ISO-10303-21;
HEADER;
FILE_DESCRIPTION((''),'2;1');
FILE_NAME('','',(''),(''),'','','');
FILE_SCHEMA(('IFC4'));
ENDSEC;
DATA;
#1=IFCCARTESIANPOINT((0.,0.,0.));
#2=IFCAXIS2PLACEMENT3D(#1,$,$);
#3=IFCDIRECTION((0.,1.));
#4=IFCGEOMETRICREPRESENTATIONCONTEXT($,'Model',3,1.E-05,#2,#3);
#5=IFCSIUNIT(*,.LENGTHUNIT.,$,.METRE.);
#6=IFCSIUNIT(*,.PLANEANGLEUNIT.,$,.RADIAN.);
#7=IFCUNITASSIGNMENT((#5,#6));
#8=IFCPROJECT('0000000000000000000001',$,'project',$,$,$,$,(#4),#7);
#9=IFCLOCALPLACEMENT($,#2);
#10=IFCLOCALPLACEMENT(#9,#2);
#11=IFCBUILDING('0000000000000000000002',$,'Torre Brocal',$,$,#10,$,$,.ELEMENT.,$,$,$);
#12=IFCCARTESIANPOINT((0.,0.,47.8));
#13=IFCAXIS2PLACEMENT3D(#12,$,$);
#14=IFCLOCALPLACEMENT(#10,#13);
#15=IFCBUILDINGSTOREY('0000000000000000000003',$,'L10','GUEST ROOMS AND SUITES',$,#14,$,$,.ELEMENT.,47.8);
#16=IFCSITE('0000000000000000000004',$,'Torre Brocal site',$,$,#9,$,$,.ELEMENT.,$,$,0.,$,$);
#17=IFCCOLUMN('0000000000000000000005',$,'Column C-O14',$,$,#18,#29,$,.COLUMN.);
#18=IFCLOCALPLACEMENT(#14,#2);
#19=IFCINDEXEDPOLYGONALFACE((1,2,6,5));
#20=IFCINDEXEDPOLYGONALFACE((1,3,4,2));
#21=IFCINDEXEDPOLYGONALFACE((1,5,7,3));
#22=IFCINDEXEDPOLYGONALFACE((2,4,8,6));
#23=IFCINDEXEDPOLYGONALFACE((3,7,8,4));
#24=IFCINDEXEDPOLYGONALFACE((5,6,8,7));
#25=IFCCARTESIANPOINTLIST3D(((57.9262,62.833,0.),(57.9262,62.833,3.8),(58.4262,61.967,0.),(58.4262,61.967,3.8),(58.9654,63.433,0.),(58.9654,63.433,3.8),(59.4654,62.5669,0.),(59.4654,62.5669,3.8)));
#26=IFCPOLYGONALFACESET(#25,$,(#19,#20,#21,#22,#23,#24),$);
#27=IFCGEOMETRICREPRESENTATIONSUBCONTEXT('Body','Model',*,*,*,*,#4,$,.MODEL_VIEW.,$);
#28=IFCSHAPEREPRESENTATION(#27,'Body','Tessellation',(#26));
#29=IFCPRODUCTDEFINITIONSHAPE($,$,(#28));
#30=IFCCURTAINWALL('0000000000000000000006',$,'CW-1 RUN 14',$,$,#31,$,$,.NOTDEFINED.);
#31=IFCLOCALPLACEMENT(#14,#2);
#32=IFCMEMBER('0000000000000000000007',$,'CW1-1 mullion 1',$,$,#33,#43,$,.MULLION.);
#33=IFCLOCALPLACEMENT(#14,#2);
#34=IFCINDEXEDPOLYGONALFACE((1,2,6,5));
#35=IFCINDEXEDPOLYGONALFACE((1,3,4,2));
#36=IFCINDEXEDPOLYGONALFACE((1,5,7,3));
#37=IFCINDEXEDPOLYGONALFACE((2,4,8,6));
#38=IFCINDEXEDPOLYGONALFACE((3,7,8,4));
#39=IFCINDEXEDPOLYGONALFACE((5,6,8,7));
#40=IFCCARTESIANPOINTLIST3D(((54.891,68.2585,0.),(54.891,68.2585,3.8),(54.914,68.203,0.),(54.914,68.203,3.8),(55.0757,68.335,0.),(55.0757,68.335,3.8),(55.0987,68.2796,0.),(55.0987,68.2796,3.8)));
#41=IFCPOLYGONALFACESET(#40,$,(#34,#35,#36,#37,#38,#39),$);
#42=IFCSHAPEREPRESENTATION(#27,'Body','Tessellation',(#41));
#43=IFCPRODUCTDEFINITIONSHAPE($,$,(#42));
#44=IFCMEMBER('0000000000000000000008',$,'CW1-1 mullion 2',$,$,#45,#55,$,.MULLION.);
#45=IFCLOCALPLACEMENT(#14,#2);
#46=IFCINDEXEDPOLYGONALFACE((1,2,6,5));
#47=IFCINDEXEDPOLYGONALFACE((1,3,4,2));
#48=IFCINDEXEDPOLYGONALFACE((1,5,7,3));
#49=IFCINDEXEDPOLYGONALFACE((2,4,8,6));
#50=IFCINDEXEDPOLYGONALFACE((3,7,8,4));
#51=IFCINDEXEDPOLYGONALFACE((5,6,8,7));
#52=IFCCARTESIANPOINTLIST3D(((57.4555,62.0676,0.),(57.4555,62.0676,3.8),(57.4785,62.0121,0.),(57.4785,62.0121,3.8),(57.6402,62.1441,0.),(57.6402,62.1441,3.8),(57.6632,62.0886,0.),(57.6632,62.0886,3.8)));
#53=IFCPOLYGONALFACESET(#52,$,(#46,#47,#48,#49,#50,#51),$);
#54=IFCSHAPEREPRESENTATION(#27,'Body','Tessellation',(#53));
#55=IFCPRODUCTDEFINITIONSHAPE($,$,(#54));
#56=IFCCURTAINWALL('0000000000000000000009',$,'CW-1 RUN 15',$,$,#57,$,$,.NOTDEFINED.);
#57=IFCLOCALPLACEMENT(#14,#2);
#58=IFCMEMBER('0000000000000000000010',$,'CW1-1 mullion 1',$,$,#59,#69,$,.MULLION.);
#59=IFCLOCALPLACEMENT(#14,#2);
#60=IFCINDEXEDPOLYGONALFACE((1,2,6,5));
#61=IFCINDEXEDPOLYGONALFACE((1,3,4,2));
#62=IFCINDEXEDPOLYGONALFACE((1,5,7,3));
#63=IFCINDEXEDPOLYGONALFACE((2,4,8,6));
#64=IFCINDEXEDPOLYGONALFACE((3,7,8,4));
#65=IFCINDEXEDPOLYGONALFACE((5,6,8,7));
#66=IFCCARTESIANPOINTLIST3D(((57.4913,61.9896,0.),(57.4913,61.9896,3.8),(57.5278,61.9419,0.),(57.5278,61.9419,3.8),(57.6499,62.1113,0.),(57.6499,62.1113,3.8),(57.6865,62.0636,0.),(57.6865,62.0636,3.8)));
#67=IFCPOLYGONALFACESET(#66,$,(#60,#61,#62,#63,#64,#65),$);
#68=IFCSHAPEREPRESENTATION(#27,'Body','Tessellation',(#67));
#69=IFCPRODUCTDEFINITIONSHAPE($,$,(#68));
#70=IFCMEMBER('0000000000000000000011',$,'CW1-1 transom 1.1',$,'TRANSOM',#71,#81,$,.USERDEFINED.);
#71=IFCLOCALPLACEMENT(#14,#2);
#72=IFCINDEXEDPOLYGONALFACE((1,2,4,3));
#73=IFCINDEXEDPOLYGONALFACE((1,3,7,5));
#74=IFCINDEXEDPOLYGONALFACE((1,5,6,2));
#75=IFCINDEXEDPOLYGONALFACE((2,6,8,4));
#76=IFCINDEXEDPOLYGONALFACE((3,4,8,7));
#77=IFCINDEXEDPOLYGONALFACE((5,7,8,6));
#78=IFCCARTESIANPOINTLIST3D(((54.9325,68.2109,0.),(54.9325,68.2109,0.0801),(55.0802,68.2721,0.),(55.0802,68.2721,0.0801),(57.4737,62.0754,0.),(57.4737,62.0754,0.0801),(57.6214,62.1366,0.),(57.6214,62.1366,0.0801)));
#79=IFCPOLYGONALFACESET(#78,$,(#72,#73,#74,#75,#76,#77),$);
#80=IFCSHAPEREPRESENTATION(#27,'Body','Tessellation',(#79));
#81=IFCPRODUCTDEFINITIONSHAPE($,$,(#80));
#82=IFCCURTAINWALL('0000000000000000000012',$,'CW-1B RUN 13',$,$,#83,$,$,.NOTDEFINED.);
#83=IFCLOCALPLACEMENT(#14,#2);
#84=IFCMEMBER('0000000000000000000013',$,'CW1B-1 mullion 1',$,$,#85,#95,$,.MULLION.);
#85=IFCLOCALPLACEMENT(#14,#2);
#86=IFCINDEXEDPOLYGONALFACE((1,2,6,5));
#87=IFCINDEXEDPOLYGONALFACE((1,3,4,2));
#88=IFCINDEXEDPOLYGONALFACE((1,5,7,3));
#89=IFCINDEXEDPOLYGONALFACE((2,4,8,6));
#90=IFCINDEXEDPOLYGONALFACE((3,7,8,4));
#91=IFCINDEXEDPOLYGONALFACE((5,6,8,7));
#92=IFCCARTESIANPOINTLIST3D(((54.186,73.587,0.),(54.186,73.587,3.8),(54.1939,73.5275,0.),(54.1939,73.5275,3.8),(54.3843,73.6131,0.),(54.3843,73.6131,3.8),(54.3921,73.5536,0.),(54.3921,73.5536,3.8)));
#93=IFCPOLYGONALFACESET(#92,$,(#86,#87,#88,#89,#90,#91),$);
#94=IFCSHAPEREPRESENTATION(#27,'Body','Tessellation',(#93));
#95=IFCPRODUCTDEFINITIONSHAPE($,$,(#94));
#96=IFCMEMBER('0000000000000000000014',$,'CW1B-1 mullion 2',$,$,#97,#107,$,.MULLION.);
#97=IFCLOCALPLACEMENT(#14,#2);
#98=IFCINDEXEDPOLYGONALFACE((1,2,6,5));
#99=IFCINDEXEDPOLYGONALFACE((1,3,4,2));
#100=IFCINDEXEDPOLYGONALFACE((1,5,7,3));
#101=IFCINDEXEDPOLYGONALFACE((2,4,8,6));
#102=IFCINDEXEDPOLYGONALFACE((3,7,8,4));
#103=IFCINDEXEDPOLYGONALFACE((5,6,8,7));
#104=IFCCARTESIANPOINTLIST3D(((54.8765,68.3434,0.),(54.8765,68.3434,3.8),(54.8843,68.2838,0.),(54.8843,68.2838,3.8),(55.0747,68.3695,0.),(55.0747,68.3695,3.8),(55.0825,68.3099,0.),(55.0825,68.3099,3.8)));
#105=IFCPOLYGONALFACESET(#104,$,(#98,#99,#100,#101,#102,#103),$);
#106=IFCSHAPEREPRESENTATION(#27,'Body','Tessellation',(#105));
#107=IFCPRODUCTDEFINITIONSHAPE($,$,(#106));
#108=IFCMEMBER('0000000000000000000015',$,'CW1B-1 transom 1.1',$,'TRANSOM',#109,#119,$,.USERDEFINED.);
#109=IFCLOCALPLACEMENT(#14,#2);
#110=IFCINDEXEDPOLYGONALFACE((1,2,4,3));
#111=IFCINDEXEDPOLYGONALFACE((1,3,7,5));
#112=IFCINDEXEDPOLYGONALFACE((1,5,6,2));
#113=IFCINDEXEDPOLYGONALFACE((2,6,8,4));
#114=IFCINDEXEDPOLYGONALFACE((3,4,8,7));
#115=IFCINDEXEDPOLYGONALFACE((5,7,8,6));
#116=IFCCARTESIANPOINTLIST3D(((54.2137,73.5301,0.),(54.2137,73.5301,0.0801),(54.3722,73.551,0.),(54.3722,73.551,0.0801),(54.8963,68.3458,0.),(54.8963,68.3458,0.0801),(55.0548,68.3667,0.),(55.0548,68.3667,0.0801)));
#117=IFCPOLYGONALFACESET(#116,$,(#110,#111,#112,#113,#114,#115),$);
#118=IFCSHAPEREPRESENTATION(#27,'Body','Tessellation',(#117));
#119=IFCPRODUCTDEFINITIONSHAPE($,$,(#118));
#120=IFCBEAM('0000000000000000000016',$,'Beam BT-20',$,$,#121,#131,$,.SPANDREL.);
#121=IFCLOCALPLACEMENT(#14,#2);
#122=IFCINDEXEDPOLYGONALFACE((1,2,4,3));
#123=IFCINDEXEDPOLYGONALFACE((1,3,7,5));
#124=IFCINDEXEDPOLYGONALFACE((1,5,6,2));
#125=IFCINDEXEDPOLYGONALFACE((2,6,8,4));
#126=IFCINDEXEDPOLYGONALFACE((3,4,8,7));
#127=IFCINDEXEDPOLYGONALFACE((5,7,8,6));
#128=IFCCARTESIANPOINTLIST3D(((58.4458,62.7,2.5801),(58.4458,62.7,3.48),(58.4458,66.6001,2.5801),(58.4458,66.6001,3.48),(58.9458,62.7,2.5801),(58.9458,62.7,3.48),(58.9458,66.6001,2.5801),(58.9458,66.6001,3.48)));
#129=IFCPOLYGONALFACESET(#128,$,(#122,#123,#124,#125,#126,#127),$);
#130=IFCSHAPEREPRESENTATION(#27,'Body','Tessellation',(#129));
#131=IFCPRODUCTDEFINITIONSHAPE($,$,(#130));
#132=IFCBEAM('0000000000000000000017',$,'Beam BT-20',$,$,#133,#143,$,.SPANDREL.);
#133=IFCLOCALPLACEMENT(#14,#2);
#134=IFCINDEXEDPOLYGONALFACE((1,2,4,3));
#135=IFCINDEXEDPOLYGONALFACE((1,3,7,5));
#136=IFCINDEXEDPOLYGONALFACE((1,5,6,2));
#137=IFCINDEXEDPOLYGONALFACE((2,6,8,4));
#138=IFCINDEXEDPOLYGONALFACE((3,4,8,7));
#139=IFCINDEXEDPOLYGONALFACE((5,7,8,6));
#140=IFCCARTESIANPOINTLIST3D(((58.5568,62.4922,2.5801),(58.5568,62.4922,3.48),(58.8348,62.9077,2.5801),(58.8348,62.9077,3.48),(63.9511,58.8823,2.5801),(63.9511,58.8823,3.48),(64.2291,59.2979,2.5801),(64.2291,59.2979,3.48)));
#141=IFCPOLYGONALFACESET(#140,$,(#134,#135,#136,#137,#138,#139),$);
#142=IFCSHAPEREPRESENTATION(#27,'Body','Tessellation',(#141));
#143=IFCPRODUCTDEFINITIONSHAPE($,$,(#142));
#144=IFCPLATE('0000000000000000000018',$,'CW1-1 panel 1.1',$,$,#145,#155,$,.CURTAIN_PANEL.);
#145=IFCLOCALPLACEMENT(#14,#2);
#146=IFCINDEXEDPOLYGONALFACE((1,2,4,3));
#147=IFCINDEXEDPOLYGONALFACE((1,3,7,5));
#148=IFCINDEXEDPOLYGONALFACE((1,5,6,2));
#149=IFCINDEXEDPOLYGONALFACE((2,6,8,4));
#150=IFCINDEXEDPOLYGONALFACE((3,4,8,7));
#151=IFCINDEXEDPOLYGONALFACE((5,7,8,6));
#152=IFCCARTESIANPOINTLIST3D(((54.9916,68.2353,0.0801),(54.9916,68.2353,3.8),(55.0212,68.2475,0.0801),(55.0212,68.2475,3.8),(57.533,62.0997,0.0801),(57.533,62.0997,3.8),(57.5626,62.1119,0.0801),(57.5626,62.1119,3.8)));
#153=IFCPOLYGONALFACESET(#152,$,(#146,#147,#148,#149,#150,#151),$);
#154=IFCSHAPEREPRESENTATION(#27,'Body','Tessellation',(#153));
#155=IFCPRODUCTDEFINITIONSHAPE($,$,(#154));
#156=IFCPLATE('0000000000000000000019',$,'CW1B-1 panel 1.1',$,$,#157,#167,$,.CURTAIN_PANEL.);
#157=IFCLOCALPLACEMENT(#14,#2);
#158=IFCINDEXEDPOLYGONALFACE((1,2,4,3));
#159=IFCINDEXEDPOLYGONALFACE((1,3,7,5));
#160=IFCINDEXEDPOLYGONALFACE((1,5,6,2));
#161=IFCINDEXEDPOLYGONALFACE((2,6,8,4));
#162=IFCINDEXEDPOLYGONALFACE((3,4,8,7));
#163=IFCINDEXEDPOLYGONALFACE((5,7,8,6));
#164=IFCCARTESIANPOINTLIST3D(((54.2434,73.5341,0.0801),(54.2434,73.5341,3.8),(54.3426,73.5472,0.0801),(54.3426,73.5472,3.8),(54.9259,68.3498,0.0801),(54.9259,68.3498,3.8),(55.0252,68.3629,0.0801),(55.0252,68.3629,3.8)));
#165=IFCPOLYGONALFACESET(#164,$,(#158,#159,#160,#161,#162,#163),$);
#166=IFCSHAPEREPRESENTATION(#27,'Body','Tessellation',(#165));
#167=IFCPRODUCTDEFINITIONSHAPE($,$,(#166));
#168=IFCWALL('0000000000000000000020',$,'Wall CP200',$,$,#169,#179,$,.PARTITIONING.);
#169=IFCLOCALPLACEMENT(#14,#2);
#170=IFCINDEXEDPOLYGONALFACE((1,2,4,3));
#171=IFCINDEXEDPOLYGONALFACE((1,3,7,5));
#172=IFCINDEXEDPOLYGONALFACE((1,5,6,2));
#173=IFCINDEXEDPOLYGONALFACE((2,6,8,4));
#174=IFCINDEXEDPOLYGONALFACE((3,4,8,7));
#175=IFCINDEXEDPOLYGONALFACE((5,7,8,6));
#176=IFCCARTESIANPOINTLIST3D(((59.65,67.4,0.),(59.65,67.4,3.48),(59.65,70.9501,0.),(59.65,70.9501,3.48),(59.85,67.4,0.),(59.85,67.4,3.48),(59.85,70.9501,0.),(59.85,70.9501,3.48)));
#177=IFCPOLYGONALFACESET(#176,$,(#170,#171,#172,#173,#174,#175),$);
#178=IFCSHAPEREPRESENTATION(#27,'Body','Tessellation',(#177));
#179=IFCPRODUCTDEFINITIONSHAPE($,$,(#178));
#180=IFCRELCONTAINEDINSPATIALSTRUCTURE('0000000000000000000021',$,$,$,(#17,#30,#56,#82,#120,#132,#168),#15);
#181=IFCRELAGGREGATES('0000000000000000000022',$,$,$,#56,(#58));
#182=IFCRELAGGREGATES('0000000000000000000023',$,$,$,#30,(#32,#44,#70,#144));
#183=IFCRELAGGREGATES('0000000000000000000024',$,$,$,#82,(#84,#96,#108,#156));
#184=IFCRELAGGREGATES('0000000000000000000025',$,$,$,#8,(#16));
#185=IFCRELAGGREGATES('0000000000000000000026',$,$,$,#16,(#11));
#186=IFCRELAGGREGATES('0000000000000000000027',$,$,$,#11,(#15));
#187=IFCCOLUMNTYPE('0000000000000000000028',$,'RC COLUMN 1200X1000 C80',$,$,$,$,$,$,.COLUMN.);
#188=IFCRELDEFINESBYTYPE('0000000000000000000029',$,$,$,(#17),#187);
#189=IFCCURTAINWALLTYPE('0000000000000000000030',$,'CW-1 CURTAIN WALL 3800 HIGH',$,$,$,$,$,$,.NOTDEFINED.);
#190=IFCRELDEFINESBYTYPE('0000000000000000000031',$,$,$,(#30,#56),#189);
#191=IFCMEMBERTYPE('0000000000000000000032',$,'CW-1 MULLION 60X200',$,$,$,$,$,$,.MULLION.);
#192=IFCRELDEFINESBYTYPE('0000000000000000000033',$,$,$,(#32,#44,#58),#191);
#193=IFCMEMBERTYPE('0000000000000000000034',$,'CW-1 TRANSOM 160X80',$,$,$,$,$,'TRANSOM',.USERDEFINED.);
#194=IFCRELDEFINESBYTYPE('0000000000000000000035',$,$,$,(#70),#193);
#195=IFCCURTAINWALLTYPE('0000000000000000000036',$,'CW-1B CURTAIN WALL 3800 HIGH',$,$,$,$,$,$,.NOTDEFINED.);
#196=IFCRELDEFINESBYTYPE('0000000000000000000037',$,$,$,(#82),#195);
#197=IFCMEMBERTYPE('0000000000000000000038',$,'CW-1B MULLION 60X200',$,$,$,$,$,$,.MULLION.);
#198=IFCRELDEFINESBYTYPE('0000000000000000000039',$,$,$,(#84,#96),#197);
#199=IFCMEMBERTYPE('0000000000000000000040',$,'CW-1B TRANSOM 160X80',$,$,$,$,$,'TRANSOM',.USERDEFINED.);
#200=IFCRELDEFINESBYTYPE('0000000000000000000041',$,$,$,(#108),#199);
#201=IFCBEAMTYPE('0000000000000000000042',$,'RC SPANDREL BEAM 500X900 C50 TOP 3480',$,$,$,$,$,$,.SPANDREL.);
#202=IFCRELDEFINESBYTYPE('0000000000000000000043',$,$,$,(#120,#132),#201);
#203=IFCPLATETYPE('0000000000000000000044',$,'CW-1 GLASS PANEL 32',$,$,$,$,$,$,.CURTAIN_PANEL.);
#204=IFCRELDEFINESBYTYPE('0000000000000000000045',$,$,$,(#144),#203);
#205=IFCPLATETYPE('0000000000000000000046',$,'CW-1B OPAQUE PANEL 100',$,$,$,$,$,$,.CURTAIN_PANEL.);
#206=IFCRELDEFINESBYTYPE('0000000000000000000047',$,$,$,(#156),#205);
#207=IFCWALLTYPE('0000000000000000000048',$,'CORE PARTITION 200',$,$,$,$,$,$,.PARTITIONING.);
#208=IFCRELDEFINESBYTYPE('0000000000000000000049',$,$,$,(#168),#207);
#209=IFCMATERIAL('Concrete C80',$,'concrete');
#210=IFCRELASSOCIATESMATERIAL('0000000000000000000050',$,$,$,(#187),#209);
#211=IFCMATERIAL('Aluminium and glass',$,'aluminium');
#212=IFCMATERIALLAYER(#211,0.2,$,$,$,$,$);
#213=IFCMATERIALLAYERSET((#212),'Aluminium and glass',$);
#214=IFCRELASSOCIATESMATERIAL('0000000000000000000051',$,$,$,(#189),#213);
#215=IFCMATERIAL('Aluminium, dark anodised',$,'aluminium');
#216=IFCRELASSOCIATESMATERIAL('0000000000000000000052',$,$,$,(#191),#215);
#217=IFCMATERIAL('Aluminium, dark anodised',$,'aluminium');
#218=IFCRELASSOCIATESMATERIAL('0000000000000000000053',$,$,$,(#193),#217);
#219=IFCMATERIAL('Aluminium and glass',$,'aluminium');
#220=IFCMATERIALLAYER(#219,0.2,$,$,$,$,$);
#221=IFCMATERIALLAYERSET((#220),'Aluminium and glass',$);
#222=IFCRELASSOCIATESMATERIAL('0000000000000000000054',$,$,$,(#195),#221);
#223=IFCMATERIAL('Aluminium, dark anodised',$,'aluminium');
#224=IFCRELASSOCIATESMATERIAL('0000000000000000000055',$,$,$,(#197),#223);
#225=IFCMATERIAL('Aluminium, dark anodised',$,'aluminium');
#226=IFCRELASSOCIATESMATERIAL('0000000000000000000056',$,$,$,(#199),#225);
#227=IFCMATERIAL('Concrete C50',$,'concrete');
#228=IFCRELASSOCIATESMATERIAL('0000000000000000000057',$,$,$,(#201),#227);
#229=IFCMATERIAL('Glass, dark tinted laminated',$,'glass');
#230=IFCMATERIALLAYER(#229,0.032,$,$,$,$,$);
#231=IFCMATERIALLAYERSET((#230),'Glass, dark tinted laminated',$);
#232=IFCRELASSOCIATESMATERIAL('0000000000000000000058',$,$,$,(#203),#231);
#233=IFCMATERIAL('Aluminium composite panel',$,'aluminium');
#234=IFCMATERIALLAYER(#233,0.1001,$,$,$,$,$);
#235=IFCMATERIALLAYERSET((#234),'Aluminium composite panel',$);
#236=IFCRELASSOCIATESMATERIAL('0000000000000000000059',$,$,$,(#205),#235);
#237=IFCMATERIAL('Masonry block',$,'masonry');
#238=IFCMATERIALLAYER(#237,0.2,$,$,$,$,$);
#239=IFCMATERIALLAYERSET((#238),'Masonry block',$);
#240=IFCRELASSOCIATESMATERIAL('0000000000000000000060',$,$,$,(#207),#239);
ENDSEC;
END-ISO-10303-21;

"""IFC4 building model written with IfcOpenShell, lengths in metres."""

from ifc_helpers import new_model, si_unit, direction, frame, frame_2d, origin, origin_2d, place, context, subcontext, project, spatial, rectangle, extrude, material, layer, layer_set, material_profile, profile_set, type_object, element, aggregate, save


model = new_model("IFC4")

# Units and contexts
model_context = context("Model", 3, precision=1e-05, world=origin(), true_north=direction((0.0, 1.0)))
body_context = subcontext(model_context, "Body", "Model", "MODEL_VIEW")
ifc_project = project(units=[si_unit("LENGTHUNIT", "METRE"), si_unit("PLANEANGLEUNIT", "RADIAN")], contexts=[model_context])

# Site, building, storey
site_placement = place(None, origin())
site = spatial("IfcSite", under=ifc_project, at=site_placement, Name="Torre Brocal site", CompositionType="ELEMENT", RefElevation=0.0)
building_placement = place(site_placement, origin())
building = spatial("IfcBuilding", under=site, at=building_placement, Name="Torre Brocal", CompositionType="ELEMENT")
storey_placement = place(building_placement, frame((0.0, 0.0, 47.8)))
storey = spatial("IfcBuildingStorey", under=building, at=storey_placement, Name="L10", Description="GUEST ROOMS AND SUITES", CompositionType="ELEMENT", Elevation=47.8)

# Column
ifc_material_1 = material(Name="Concrete C80", Category="concrete")
ifc_material_profile_1 = material_profile(ifc_material_1, rectangle(XDim=1.2, YDim=1.0, at=origin_2d()), Name="RC 1200X1000")
ifc_profile_set_1 = profile_set([ifc_material_profile_1], Name="Concrete C80")
column_type = type_object("IfcColumnType", Name="RC COLUMN 1200X1000 C80", PredefinedType="COLUMN", material=ifc_profile_set_1)
column_placement = place(storey_placement, frame((58.6958, 62.7, 0.0), z_axis=(0.0, 0.0, 1.0), x_axis=(-0.866025, -0.5, 0.0)))
element("IfcColumn", 1, at=column_placement, inside=storey, type_object=column_type, Name="Column C-O14", PredefinedType="COLUMN", context=body_context, shape_type="SweptSolid", body=[
    extrude(rectangle(XDim=1.2, YDim=1.0, at=origin_2d()), origin(), (0.0, 0.0, 1.0), 3.8),
])

# Curtain wall, members
ifc_material_2 = material(Name="Aluminium and glass", Category="aluminium")
ifc_layer_1 = layer(ifc_material_2, 0.2)
ifc_layer_set_1 = layer_set([ifc_layer_1], Name="Aluminium and glass")
curtain_wall_type_1 = type_object("IfcCurtainWallType", Name="CW-1 CURTAIN WALL 3800 HIGH", PredefinedType="NOTDEFINED", material=ifc_layer_set_1)
curtain_wall_1_placement = place(storey_placement, origin())
curtain_wall_1 = element("IfcCurtainWall", 2, at=curtain_wall_1_placement, inside=storey, type_object=curtain_wall_type_1, Name="CW-1 RUN 14", PredefinedType="NOTDEFINED")
ifc_material_3 = material(Name="Aluminium, dark anodised", Category="aluminium")
ifc_material_profile_2 = material_profile(ifc_material_3, rectangle(XDim=0.2, YDim=0.0601, at=origin_2d()), Name="CW-1 MULLION 60X200")
ifc_profile_set_2 = profile_set([ifc_material_profile_2], Name="Aluminium, dark anodised")
member_type_1 = type_object("IfcMemberType", Name="CW-1 MULLION 60X200", PredefinedType="MULLION", material=ifc_profile_set_2)
member_1_placement = place(storey_placement, frame((54.9949, 68.269, 0.0), z_axis=(0.0, 0.0, 1.0), x_axis=(0.92388, 0.382683, 0.0)))
member_1 = element("IfcMember", 3, at=member_1_placement, type_object=member_type_1, Name="CW1-1 mullion 1", PredefinedType="MULLION", context=body_context, shape_type="SweptSolid", body=[
    extrude(rectangle(XDim=0.2, YDim=0.0601, at=origin_2d()), origin(), (0.0, 0.0, 1.0), 3.8),
])
member_2_placement = place(storey_placement, frame((57.5593, 62.0781, 0.0), z_axis=(0.0, 0.0, 1.0), x_axis=(0.92388, 0.382683, 0.0)))
member_2 = element("IfcMember", 4, at=member_2_placement, type_object=member_type_1, Name="CW1-1 mullion 2", PredefinedType="MULLION", context=body_context, shape_type="SweptSolid", body=[
    extrude(rectangle(XDim=0.2, YDim=0.0601, at=origin_2d()), origin(), (0.0, 0.0, 1.0), 3.8),
])

# Curtain wall, member
curtain_wall_2_placement = place(storey_placement, origin())
curtain_wall_2 = element("IfcCurtainWall", 5, at=curtain_wall_2_placement, inside=storey, type_object=curtain_wall_type_1, Name="CW-1 RUN 15", PredefinedType="NOTDEFINED")
member_3_placement = place(storey_placement, frame((57.5889, 62.0266, 0.0), z_axis=(0.0, 0.0, 1.0), x_axis=(0.793353, 0.608761, 0.0)))
member_3 = element("IfcMember", 6, at=member_3_placement, type_object=member_type_1, Name="CW1-1 mullion 1", PredefinedType="MULLION", context=body_context, shape_type="SweptSolid", body=[
    extrude(rectangle(XDim=0.2, YDim=0.0601, at=origin_2d()), origin(), (0.0, 0.0, 1.0), 3.8),
])
aggregate(curtain_wall_2, [member_3])

# Member
ifc_material_4 = material(Name="Aluminium, dark anodised", Category="aluminium")
ifc_material_profile_3 = material_profile(ifc_material_4, rectangle(XDim=0.1599, YDim=0.0801, at=origin_2d()), Name="CW-1 TRANSOM 160X80")
ifc_profile_set_3 = profile_set([ifc_material_profile_3], Name="Aluminium, dark anodised")
member_type_2 = type_object("IfcMemberType", Name="CW-1 TRANSOM 160X80", ElementType="TRANSOM", PredefinedType="USERDEFINED", material=ifc_profile_set_3)
member_4_placement = place(storey_placement, frame((55.0063, 68.2415, 0.04), z_axis=(0.382665, -0.923887, 0.0), x_axis=(0.923887, 0.382665, 0.0)))
member_4 = element("IfcMember", 7, at=member_4_placement, type_object=member_type_2, Name="CW1-1 transom 1.1", ObjectType="TRANSOM", PredefinedType="USERDEFINED", context=body_context, shape_type="SweptSolid", body=[
    extrude(rectangle(XDim=0.1599, YDim=0.0801, at=origin_2d()), origin(), (0.0, 0.0, 1.0), 6.6409),
])

# Curtain wall, members
ifc_material_5 = material(Name="Aluminium and glass", Category="aluminium")
ifc_layer_2 = layer(ifc_material_5, 0.2)
ifc_layer_set_2 = layer_set([ifc_layer_2], Name="Aluminium and glass")
curtain_wall_type_2 = type_object("IfcCurtainWallType", Name="CW-1B CURTAIN WALL 3800 HIGH", PredefinedType="NOTDEFINED", material=ifc_layer_set_2)
curtain_wall_3_placement = place(storey_placement, origin())
curtain_wall_3 = element("IfcCurtainWall", 8, at=curtain_wall_3_placement, inside=storey, type_object=curtain_wall_type_2, Name="CW-1B RUN 13", PredefinedType="NOTDEFINED")
ifc_material_6 = material(Name="Aluminium, dark anodised", Category="aluminium")
ifc_material_profile_4 = material_profile(ifc_material_6, rectangle(XDim=0.2, YDim=0.0601, at=origin_2d()), Name="CW-1B MULLION 60X200")
ifc_profile_set_4 = profile_set([ifc_material_profile_4], Name="Aluminium, dark anodised")
member_type_3 = type_object("IfcMemberType", Name="CW-1B MULLION 60X200", PredefinedType="MULLION", material=ifc_profile_set_4)
member_5_placement = place(storey_placement, frame((54.2891, 73.5703, 0.0), z_axis=(0.0, 0.0, 1.0), x_axis=(0.991445, 0.130526, 0.0)))
member_5 = element("IfcMember", 9, at=member_5_placement, type_object=member_type_3, Name="CW1B-1 mullion 1", PredefinedType="MULLION", context=body_context, shape_type="SweptSolid", body=[
    extrude(rectangle(XDim=0.2, YDim=0.0601, at=origin_2d()), origin(), (0.0, 0.0, 1.0), 3.8),
])
member_6_placement = place(storey_placement, frame((54.9795, 68.3267, 0.0), z_axis=(0.0, 0.0, 1.0), x_axis=(0.991445, 0.130526, 0.0)))
member_6 = element("IfcMember", 10, at=member_6_placement, type_object=member_type_3, Name="CW1B-1 mullion 2", PredefinedType="MULLION", context=body_context, shape_type="SweptSolid", body=[
    extrude(rectangle(XDim=0.2, YDim=0.0601, at=origin_2d()), origin(), (0.0, 0.0, 1.0), 3.8),
])
ifc_material_7 = material(Name="Aluminium, dark anodised", Category="aluminium")
ifc_material_profile_5 = material_profile(ifc_material_7, rectangle(XDim=0.1599, YDim=0.0801, at=origin_2d()), Name="CW-1B TRANSOM 160X80")
ifc_profile_set_5 = profile_set([ifc_material_profile_5], Name="Aluminium, dark anodised")
member_type_4 = type_object("IfcMemberType", Name="CW-1B TRANSOM 160X80", ElementType="TRANSOM", PredefinedType="USERDEFINED", material=ifc_profile_set_5)
member_7_placement = place(storey_placement, frame((54.293, 73.5405, 0.04), z_axis=(0.130543, -0.991443, 0.0), x_axis=(0.991443, 0.130543, 0.0)))
member_7 = element("IfcMember", 11, at=member_7_placement, type_object=member_type_4, Name="CW1B-1 transom 1.1", ObjectType="TRANSOM", PredefinedType="USERDEFINED", context=body_context, shape_type="SweptSolid", body=[
    extrude(rectangle(XDim=0.1599, YDim=0.0801, at=origin_2d()), origin(), (0.0, 0.0, 1.0), 5.229),
])

# Beams
ifc_material_8 = material(Name="Concrete C50", Category="concrete")
ifc_material_profile_6 = material_profile(ifc_material_8, rectangle(XDim=0.5, YDim=0.8999, at=origin_2d()), Name="RC 500X900")
ifc_profile_set_6 = profile_set([ifc_material_profile_6], Name="Concrete C50")
beam_type = type_object("IfcBeamType", Name="RC SPANDREL BEAM 500X900 C50 TOP 3480", PredefinedType="SPANDREL", material=ifc_profile_set_6)
beam_1_placement = place(storey_placement, frame((58.6958, 62.7, 3.03), z_axis=(0.0, 1.0, 0.0), x_axis=(-1.0, 0.0, 0.0)))
element("IfcBeam", 12, at=beam_1_placement, inside=storey, type_object=beam_type, Name="Beam BT-20", PredefinedType="SPANDREL", context=body_context, shape_type="SweptSolid", body=[
    extrude(rectangle(XDim=0.5, YDim=0.8999, at=origin_2d()), origin(), (0.0, 0.0, 1.0), 3.9001),
])
beam_2_placement = place(storey_placement, frame((58.6958, 62.7, 3.03), z_axis=(0.831077, -0.556158, 0.0), x_axis=(0.556158, 0.831077, 0.0)))
element("IfcBeam", 13, at=beam_2_placement, inside=storey, type_object=beam_type, Name="Beam BT-20", PredefinedType="SPANDREL", context=body_context, shape_type="SweptSolid", body=[
    extrude(rectangle(XDim=0.5, YDim=0.8999, at=origin_2d()), origin(), (0.0, 0.0, 1.0), 6.4907),
])

# Plates
ifc_material_9 = material(Name="Glass, dark tinted laminated", Category="glass")
ifc_layer_3 = layer(ifc_material_9, 0.032)
ifc_layer_set_3 = layer_set([ifc_layer_3], Name="Glass, dark tinted laminated")
plate_type_1 = type_object("IfcPlateType", Name="CW-1 GLASS PANEL 32", PredefinedType="CURTAIN_PANEL", material=ifc_layer_set_3)
plate_1_placement = place(storey_placement, frame((56.2771, 65.1736, 0.0801), z_axis=(0.0, 0.0, 1.0), x_axis=(0.382683, -0.92388, 0.0)))
plate_1 = element("IfcPlate", 14, at=plate_1_placement, type_object=plate_type_1, Name="CW1-1 panel 1.1", PredefinedType="CURTAIN_PANEL", context=body_context, shape_type="SweptSolid", body=[
    extrude(rectangle(XDim=6.6411, YDim=0.032, at=origin_2d()), origin(), (0.0, 0.0, 1.0), 3.72),
])
aggregate(curtain_wall_1, [member_1, member_2, member_4, plate_1])
ifc_material_10 = material(Name="Aluminium composite panel", Category="aluminium")
ifc_layer_4 = layer(ifc_material_10, 0.1001)
ifc_layer_set_4 = layer_set([ifc_layer_4], Name="Aluminium composite panel")
plate_type_2 = type_object("IfcPlateType", Name="CW-1B OPAQUE PANEL 100", PredefinedType="CURTAIN_PANEL", material=ifc_layer_set_4)
plate_2_placement = place(storey_placement, frame((54.6343, 70.9485, 0.0801), z_axis=(0.0, 0.0, 1.0), x_axis=(0.130526, -0.991445, 0.0)))
plate_2 = element("IfcPlate", 15, at=plate_2_placement, type_object=plate_type_2, Name="CW1B-1 panel 1.1", PredefinedType="CURTAIN_PANEL", context=body_context, shape_type="SweptSolid", body=[
    extrude(rectangle(XDim=5.229, YDim=0.1001, at=origin_2d()), origin(), (0.0, 0.0, 1.0), 3.72),
])
aggregate(curtain_wall_3, [member_5, member_6, member_7, plate_2])

# Wall
ifc_material_11 = material(Name="Masonry block", Category="masonry")
ifc_layer_5 = layer(ifc_material_11, 0.2)
ifc_layer_set_5 = layer_set([ifc_layer_5], Name="Masonry block")
wall_type_1 = type_object("IfcWallType", Name="CORE PARTITION 200", PredefinedType="PARTITIONING", material=ifc_layer_set_5)
wall_1_placement = place(storey_placement, frame((59.75, 70.95, 0.0), z_axis=(0.0, 0.0, 1.0), x_axis=(0.0, -1.0, 0.0)))
element("IfcWall", 16, at=wall_1_placement, inside=storey, type_object=wall_type_1, Name="Wall CP200", PredefinedType="PARTITIONING", context=body_context, shape_type="SweptSolid", body=[
    extrude(rectangle(XDim=3.55, YDim=0.2, at=frame_2d((1.7749, 0.0))), origin(), (0.0, 0.0, 1.0), 3.48),
])

save(model, "model.ifc")
